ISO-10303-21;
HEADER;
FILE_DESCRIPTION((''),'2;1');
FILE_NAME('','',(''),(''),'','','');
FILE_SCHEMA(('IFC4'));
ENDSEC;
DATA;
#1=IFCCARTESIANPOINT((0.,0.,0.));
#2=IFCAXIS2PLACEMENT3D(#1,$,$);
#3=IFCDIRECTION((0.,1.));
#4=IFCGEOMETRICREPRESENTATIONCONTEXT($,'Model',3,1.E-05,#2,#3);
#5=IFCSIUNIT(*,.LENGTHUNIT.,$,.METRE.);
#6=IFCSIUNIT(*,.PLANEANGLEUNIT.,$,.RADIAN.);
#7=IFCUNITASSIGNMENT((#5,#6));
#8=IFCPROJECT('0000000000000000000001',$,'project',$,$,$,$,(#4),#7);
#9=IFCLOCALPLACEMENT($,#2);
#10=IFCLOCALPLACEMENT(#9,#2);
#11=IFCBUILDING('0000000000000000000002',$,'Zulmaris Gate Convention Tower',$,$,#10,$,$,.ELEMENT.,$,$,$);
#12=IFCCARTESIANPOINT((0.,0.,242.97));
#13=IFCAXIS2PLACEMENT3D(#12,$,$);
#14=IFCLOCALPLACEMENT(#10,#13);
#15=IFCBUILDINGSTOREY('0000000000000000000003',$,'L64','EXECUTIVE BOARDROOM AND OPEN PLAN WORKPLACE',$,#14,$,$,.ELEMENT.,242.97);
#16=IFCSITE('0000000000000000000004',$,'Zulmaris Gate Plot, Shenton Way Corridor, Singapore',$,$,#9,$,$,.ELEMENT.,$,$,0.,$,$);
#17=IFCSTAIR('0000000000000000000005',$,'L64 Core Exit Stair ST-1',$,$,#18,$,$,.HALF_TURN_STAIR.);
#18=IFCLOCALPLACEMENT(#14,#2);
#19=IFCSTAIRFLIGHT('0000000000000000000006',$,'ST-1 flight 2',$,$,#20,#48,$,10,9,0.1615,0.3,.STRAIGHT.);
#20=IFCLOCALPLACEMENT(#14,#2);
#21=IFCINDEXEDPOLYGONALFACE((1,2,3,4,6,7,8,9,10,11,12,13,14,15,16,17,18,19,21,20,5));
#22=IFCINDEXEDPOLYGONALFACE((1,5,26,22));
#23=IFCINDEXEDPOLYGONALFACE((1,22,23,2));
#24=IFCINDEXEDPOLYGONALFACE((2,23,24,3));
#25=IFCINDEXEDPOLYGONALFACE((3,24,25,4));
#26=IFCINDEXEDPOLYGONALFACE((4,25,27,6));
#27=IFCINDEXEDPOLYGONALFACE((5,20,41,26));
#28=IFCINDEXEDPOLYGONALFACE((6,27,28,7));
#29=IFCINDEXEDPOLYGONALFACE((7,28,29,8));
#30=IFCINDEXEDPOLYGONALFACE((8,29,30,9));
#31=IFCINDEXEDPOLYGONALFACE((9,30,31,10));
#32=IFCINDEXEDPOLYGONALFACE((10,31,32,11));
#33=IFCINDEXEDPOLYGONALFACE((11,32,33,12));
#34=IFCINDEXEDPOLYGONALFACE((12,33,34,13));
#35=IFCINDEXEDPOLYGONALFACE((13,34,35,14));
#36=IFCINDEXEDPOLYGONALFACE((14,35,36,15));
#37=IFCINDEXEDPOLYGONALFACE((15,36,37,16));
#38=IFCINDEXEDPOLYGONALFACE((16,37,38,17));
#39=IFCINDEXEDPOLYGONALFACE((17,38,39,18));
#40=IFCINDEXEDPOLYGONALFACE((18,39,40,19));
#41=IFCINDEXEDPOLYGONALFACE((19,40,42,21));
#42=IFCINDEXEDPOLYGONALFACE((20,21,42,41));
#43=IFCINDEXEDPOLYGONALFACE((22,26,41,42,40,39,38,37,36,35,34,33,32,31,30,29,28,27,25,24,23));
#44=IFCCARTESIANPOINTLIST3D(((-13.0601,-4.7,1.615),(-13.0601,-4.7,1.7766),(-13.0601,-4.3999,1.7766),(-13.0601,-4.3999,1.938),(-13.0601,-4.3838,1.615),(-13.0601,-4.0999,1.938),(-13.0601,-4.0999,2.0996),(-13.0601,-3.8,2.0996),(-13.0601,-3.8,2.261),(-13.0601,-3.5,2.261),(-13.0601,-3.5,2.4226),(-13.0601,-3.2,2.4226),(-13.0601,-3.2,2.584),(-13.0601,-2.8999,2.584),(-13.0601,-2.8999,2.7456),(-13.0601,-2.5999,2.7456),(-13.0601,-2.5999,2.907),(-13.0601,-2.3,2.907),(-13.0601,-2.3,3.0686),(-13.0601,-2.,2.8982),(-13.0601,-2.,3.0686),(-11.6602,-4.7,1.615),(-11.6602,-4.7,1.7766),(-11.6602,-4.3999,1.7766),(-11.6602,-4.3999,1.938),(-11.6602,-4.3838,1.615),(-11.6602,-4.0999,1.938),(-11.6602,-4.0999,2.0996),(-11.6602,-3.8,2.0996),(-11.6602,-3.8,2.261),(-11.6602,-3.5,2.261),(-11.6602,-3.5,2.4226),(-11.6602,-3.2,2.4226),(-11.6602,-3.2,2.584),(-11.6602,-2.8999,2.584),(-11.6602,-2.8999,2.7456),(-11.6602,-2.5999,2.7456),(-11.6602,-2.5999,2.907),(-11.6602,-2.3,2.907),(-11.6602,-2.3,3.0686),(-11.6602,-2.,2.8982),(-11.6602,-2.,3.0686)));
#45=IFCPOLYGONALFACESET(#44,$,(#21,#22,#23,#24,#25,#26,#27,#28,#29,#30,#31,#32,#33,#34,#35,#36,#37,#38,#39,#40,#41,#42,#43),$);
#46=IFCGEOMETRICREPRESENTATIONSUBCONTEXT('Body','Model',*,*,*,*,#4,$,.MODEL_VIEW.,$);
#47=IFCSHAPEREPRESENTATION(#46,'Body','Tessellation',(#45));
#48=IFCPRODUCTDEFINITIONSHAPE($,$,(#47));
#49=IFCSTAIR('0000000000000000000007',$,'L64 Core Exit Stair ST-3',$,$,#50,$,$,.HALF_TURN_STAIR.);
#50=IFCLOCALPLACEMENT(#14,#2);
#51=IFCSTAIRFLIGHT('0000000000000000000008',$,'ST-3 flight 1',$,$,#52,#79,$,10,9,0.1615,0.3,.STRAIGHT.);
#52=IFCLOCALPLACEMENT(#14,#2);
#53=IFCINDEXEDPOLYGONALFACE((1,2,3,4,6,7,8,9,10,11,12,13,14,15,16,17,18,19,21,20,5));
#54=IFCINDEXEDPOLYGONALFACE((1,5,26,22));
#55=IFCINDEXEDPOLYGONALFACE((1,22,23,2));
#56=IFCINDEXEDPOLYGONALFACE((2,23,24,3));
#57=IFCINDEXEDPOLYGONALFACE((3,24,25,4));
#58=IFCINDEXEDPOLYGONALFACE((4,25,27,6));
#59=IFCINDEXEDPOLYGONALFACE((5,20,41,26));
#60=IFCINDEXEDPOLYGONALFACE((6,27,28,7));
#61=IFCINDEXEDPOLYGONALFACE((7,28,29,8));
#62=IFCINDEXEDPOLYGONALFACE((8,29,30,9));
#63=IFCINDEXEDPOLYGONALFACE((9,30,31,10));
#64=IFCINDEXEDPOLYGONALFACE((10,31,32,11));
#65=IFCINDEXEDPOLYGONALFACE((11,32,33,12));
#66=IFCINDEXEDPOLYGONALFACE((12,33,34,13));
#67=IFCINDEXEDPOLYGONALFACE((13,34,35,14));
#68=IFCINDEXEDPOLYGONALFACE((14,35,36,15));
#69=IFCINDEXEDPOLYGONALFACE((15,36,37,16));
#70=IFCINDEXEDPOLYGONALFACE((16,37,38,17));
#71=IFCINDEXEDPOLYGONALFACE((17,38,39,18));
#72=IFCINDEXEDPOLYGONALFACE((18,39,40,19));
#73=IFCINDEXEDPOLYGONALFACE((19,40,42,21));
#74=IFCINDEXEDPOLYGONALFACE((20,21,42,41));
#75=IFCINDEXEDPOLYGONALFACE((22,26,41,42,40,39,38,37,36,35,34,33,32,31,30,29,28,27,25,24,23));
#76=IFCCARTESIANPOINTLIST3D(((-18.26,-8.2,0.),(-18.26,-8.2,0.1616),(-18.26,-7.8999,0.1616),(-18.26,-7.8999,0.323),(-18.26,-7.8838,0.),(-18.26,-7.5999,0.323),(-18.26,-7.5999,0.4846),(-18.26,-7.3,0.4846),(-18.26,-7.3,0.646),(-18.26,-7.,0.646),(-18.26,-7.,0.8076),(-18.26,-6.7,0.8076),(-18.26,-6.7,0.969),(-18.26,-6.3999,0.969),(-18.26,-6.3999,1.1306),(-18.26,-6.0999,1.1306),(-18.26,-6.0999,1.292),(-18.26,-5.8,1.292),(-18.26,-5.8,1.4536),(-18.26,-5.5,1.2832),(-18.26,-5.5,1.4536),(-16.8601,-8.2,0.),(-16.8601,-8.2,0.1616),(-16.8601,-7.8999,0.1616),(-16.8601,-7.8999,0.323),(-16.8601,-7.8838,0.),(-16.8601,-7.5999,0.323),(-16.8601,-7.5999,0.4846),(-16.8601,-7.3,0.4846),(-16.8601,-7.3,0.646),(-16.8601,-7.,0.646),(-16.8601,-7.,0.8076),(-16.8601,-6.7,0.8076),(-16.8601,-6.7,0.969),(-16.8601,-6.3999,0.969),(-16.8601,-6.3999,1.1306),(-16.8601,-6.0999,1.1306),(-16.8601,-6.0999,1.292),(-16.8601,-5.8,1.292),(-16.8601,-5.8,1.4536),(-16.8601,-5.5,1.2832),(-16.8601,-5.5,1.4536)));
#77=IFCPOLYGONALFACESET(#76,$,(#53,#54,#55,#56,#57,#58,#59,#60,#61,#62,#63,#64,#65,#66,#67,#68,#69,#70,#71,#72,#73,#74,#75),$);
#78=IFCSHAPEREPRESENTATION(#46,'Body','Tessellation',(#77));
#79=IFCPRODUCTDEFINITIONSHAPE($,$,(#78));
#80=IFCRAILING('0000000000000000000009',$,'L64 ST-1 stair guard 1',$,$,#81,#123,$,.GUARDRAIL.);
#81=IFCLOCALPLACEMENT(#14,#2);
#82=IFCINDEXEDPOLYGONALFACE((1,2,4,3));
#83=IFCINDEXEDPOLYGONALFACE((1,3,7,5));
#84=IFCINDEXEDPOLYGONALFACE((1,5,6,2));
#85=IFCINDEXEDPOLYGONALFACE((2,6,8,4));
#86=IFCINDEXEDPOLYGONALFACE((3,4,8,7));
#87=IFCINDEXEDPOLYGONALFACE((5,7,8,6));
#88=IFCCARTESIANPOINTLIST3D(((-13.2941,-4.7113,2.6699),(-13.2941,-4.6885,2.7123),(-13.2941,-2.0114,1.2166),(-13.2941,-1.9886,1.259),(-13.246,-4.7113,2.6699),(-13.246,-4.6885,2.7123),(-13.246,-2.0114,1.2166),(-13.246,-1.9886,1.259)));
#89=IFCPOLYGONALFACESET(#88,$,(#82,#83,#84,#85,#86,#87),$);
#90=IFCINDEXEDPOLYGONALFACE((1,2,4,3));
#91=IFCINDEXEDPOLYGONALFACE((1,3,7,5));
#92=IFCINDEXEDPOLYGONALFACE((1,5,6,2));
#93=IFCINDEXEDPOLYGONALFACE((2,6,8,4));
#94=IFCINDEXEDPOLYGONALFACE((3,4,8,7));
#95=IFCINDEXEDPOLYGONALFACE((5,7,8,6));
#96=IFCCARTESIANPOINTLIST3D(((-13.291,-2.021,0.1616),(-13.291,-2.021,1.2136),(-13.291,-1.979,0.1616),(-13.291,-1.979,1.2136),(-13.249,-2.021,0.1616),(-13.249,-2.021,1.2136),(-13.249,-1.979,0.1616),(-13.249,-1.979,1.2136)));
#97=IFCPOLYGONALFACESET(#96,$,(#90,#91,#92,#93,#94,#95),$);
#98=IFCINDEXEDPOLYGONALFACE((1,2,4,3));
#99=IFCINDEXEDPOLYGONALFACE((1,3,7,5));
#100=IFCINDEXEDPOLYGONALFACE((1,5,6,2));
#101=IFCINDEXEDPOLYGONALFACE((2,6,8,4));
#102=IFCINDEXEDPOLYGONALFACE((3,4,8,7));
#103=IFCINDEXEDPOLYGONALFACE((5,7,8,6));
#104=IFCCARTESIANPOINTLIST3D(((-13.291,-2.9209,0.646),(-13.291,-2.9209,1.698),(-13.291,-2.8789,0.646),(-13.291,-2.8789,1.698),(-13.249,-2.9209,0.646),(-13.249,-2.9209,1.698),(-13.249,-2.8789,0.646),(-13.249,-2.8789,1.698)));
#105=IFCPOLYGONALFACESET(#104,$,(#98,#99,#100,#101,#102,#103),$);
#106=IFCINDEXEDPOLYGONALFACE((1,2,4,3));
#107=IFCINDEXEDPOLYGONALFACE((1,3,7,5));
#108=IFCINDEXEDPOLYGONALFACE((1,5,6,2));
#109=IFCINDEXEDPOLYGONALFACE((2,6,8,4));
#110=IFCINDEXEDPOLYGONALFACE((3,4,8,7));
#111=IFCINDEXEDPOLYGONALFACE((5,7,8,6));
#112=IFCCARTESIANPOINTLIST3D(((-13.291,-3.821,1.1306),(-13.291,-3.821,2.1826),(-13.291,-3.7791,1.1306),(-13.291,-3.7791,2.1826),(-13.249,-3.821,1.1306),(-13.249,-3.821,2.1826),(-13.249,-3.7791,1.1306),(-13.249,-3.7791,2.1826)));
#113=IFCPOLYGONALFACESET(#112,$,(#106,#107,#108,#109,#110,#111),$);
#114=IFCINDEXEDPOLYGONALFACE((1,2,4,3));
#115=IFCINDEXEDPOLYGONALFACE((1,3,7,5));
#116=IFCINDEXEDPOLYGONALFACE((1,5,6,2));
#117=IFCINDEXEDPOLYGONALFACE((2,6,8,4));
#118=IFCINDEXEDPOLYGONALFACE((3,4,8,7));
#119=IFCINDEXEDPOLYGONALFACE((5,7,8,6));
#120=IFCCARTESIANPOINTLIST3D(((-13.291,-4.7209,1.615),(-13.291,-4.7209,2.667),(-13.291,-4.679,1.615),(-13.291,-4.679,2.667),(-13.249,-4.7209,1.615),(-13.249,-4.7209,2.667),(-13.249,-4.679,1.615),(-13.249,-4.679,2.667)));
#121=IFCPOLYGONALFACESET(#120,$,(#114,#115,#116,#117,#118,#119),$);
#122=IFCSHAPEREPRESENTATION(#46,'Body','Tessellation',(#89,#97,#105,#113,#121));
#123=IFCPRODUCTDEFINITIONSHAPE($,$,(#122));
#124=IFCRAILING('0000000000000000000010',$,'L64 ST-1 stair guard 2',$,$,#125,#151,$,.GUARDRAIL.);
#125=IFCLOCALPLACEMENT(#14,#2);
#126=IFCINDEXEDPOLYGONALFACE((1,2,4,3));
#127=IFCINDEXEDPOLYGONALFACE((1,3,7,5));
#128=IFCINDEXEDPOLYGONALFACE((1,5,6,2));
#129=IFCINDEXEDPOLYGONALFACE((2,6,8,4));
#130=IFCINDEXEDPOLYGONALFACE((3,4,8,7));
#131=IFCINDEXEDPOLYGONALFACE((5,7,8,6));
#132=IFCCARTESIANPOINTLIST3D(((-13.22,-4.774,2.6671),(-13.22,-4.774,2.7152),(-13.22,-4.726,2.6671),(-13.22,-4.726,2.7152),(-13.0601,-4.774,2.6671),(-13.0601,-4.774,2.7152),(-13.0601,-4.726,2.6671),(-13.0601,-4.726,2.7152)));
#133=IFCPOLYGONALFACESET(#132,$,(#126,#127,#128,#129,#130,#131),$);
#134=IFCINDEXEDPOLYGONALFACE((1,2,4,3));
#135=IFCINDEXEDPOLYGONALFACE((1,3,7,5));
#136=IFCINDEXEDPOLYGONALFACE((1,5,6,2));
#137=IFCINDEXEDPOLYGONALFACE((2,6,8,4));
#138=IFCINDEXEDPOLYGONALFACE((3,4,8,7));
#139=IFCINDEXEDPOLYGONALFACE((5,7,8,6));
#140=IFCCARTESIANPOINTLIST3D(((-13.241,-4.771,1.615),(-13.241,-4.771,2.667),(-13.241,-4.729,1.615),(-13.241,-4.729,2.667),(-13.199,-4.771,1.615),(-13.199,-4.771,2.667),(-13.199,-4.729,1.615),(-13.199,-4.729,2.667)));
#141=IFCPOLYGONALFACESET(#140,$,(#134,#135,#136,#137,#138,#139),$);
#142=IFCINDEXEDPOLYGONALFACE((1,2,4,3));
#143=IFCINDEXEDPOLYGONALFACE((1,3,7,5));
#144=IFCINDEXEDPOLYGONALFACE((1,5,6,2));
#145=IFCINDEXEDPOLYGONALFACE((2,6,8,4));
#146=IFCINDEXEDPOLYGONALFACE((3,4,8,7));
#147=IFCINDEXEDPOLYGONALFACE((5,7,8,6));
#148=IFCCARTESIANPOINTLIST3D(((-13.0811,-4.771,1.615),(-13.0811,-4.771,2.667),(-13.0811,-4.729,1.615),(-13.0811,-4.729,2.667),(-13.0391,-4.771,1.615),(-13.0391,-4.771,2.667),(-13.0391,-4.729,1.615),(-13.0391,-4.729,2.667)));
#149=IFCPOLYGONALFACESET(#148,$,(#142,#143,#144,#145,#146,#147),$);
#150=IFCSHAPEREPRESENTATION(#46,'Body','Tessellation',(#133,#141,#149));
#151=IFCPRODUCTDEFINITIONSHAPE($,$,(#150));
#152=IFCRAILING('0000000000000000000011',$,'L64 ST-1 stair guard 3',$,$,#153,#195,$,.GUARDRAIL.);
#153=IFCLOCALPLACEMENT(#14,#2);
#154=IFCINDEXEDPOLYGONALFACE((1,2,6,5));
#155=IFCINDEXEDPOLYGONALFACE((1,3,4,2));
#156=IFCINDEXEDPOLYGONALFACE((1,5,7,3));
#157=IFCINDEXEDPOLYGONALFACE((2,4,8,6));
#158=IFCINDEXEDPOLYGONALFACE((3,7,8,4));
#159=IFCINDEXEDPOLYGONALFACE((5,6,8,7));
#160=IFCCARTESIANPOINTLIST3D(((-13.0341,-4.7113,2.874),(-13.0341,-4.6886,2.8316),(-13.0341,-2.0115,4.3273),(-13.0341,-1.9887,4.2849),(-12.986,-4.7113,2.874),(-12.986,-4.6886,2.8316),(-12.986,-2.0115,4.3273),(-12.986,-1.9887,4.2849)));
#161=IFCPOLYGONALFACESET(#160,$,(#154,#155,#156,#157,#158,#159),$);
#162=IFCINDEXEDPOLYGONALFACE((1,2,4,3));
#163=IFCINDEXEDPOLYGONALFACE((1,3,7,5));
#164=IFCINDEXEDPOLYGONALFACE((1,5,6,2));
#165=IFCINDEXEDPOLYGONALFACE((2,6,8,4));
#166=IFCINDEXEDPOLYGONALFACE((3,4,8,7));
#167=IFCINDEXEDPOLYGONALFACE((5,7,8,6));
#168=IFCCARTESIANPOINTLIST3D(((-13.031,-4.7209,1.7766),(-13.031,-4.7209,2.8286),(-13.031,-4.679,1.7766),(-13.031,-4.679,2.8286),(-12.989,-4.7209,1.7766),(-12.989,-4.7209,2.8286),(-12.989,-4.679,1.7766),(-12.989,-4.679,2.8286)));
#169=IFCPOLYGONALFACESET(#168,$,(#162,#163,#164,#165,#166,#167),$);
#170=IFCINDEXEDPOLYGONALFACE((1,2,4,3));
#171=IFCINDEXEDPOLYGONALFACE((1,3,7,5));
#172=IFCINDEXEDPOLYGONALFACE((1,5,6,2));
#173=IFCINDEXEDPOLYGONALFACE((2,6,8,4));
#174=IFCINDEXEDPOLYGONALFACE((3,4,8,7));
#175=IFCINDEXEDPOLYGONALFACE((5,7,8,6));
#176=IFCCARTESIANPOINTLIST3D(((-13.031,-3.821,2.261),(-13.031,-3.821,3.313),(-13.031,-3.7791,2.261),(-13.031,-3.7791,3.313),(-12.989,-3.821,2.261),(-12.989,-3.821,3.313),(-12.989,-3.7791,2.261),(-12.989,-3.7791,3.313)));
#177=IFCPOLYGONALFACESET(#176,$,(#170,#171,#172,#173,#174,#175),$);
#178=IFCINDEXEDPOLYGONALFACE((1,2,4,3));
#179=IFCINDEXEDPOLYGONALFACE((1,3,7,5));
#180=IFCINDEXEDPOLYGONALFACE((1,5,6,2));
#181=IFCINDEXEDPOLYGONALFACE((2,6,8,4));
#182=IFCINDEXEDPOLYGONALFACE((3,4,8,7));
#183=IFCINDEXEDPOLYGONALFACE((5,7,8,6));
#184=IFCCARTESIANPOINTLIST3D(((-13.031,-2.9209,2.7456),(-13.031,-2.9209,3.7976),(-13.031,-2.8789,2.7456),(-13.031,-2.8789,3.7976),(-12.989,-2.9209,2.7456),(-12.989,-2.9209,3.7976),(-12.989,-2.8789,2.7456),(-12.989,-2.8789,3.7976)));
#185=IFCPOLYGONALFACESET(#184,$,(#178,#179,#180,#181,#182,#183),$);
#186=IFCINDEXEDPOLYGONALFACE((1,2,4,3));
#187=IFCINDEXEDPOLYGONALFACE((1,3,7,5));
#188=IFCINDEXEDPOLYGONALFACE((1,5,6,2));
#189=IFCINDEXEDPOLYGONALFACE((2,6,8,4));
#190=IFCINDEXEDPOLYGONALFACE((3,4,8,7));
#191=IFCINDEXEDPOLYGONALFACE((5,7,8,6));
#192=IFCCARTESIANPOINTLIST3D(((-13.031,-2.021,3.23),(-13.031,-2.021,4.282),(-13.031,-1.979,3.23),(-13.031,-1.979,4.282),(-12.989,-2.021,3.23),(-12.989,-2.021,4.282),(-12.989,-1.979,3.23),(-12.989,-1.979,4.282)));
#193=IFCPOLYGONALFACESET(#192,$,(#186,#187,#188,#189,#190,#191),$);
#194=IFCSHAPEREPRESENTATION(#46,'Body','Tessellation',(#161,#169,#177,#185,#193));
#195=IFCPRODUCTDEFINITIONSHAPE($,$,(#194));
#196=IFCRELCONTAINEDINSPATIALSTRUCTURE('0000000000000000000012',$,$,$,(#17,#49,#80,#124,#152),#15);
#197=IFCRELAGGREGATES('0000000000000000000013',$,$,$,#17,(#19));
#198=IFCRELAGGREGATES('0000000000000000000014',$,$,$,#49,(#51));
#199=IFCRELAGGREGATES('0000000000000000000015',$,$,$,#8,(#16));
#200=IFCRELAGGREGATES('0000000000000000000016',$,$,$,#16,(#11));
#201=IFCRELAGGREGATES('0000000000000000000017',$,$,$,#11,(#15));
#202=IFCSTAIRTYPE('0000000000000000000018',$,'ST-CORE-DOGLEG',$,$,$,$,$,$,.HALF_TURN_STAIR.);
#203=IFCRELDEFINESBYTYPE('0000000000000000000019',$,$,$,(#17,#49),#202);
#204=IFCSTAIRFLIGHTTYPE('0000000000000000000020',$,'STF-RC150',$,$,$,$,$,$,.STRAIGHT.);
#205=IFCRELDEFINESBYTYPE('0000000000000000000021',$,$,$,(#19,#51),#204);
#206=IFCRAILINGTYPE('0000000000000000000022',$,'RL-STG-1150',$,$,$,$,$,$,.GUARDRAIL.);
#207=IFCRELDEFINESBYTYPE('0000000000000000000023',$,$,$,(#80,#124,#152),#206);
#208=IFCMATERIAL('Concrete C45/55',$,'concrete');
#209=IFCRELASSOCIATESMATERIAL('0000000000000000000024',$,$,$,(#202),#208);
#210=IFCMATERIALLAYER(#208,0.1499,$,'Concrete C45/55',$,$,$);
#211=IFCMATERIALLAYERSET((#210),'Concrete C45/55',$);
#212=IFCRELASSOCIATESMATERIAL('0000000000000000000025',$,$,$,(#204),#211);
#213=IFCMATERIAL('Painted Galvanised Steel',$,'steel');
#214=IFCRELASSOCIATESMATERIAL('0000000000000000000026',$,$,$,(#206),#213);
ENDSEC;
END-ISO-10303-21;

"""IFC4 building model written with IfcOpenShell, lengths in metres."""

from ifc_helpers import new_model, si_unit, direction, frame, origin, origin_2d, place, context, subcontext, project, spatial, polyline, rectangle, outline, extrude, material, layer, layer_set, type_object, element, aggregate, save


model = new_model("IFC4")

# Units and contexts
model_context = context("Model", 3, precision=1e-05, world=origin(), true_north=direction((0.0, 1.0)))
body_context = subcontext(model_context, "Body", "Model", "MODEL_VIEW")
ifc_project = project(units=[si_unit("LENGTHUNIT", "METRE"), si_unit("PLANEANGLEUNIT", "RADIAN")], contexts=[model_context])

# Site, building, storey
site_placement = place(None, origin())
site = spatial("IfcSite", under=ifc_project, at=site_placement, Name="Zulmaris Gate Plot, Shenton Way Corridor, Singapore", CompositionType="ELEMENT", RefElevation=0.0)
building_placement = place(site_placement, origin())
building = spatial("IfcBuilding", under=site, at=building_placement, Name="Zulmaris Gate Convention Tower", CompositionType="ELEMENT")
storey_placement = place(building_placement, frame((0.0, 0.0, 242.97)))
storey = spatial("IfcBuildingStorey", under=building, at=storey_placement, Name="L64", Description="EXECUTIVE BOARDROOM AND OPEN PLAN WORKPLACE", CompositionType="ELEMENT", Elevation=242.97)

# Stair, stair flight
ifc_material_1 = material(Name="Concrete C45/55", Category="concrete")
stair_type = type_object("IfcStairType", Name="ST-CORE-DOGLEG", PredefinedType="HALF_TURN_STAIR", material=ifc_material_1)
stair_1_placement = place(storey_placement, origin())
stair_1 = element("IfcStair", 1, at=stair_1_placement, inside=storey, type_object=stair_type, Name="L64 Core Exit Stair ST-1", PredefinedType="HALF_TURN_STAIR")
ifc_layer_1 = layer(ifc_material_1, 0.1499, Name="Concrete C45/55")
ifc_layer_set_1 = layer_set([ifc_layer_1], Name="Concrete C45/55")
stair_flight_type = type_object("IfcStairFlightType", Name="STF-RC150", PredefinedType="STRAIGHT", material=ifc_layer_set_1)
stair_flight_1_placement = place(storey_placement, frame((-12.3601, -4.7, 1.615), z_axis=(0.0, 0.0, 1.0), x_axis=(0.0, 1.0, 0.0)))
stair_flight_1 = element("IfcStairFlight", 2, at=stair_flight_1_placement, type_object=stair_flight_type, Name="ST-1 flight 2", NumberOfRisers=10, NumberOfTreads=9, PredefinedType="STRAIGHT", RiserHeight=0.1615, TreadLength=0.3, context=body_context, shape_type="SweptSolid", body=[
    extrude(outline(polyline([(0.0, 0.0), (0.0, 0.1616), (0.3, 0.1616), (0.3, 0.323), (0.6001, 0.323), (0.6001, 0.4846), (0.8999, 0.4846), (0.8999, 0.646), (1.2, 0.646), (1.2, 0.8076), (1.5, 0.8076), (1.5, 0.969), (1.8, 0.969), (1.8, 1.1306), (2.1001, 1.1306), (2.1001, 1.292), (2.3999, 1.292), (2.3999, 1.4536), (2.7, 1.4536), (2.7, 1.615), (2.7, 1.2832), (0.3162, 0.0), (0.0, 0.0)])), frame((0.0, 0.7, 0.0), z_axis=(0.0, -1.0, 0.0), x_axis=(1.0, 0.0, 0.0)), (0.0, 0.0, 1.0), 1.3999),
])
aggregate(stair_1, [stair_flight_1])

# Stair, stair flight
stair_2_placement = place(storey_placement, origin())
stair_2 = element("IfcStair", 3, at=stair_2_placement, inside=storey, type_object=stair_type, Name="L64 Core Exit Stair ST-3", PredefinedType="HALF_TURN_STAIR")
stair_flight_2_placement = place(storey_placement, frame((-17.5601, -8.2, 0.0), z_axis=(0.0, 0.0, 1.0), x_axis=(0.0, 1.0, 0.0)))
stair_flight_2 = element("IfcStairFlight", 4, at=stair_flight_2_placement, type_object=stair_flight_type, Name="ST-3 flight 1", NumberOfRisers=10, NumberOfTreads=9, PredefinedType="STRAIGHT", RiserHeight=0.1615, TreadLength=0.3, context=body_context, shape_type="SweptSolid", body=[
    extrude(outline(polyline([(0.0, 0.0), (0.0, 0.1616), (0.3, 0.1616), (0.3, 0.323), (0.6001, 0.323), (0.6001, 0.4846), (0.8999, 0.4846), (0.8999, 0.646), (1.2, 0.646), (1.2, 0.8076), (1.5, 0.8076), (1.5, 0.969), (1.8, 0.969), (1.8, 1.1306), (2.1001, 1.1306), (2.1001, 1.292), (2.3999, 1.292), (2.3999, 1.4536), (2.7, 1.4536), (2.7, 1.615), (2.7, 1.2832), (0.3162, 0.0), (0.0, 0.0)])), frame((0.0, 0.7, 0.0), z_axis=(0.0, -1.0, 0.0), x_axis=(1.0, 0.0, 0.0)), (0.0, 0.0, 1.0), 1.3999),
])
aggregate(stair_2, [stair_flight_2])

# Railings
ifc_material_2 = material(Name="Painted Galvanised Steel", Category="steel")
railing_type_1 = type_object("IfcRailingType", Name="RL-STG-1150", PredefinedType="GUARDRAIL", material=ifc_material_2)
railing_1_placement = place(storey_placement, frame((-13.27, -2.0, 0.1616)))
element("IfcRailing", 5, at=railing_1_placement, inside=storey, type_object=railing_type_1, Name="L64 ST-1 stair guard 1", PredefinedType="GUARDRAIL", context=body_context, shape_type="SweptSolid", body=[
    extrude(rectangle(XDim=0.0481, YDim=0.0481, at=origin_2d()), frame((0.0, 0.0, 1.0762), z_axis=(0.0, -0.880532, 0.473986), x_axis=(1.0, 0.0, 0.0)), (0.0, 0.0, 1.0), 3.0662),
    extrude(rectangle(XDim=0.042, YDim=0.042, at=origin_2d()), origin(), (0.0, 0.0, 1.0), 1.052),
    extrude(rectangle(XDim=0.042, YDim=0.042, at=origin_2d()), frame((0.0, -0.8999, 0.4844)), (0.0, 0.0, 1.0), 1.052),
    extrude(rectangle(XDim=0.042, YDim=0.042, at=origin_2d()), frame((0.0, -1.8, 0.969)), (0.0, 0.0, 1.0), 1.052),
    extrude(rectangle(XDim=0.042, YDim=0.042, at=origin_2d()), frame((0.0, -2.7, 1.4534)), (0.0, 0.0, 1.0), 1.052),
])
railing_2_placement = place(storey_placement, frame((-13.22, -4.75, 1.615)))
element("IfcRailing", 6, at=railing_2_placement, inside=storey, type_object=railing_type_1, Name="L64 ST-1 stair guard 2", PredefinedType="GUARDRAIL", context=body_context, shape_type="SweptSolid", body=[
    extrude(rectangle(XDim=0.0481, YDim=0.0481, at=origin_2d()), frame((0.0, 0.0, 1.0762), z_axis=(1.0, 0.0, 0.0), x_axis=(0.0, 1.0, 0.0)), (0.0, 0.0, 1.0), 0.1599),
    extrude(rectangle(XDim=0.042, YDim=0.042, at=origin_2d()), origin(), (0.0, 0.0, 1.0), 1.052),
    extrude(rectangle(XDim=0.042, YDim=0.042, at=origin_2d()), frame((0.1599, 0.0, 0.0)), (0.0, 0.0, 1.0), 1.052),
])
railing_3_placement = place(storey_placement, frame((-13.01, -4.7, 1.7766)))
element("IfcRailing", 7, at=railing_3_placement, inside=storey, type_object=railing_type_1, Name="L64 ST-1 stair guard 3", PredefinedType="GUARDRAIL", context=body_context, shape_type="SweptSolid", body=[
    extrude(rectangle(XDim=0.0481, YDim=0.0481, at=origin_2d()), frame((0.0, 0.0, 1.0762), z_axis=(0.0, 0.880532, 0.473986), x_axis=(-1.0, 0.0, 0.0)), (0.0, 0.0, 1.0), 3.0662),
    extrude(rectangle(XDim=0.042, YDim=0.042, at=origin_2d()), origin(), (0.0, 0.0, 1.0), 1.052),
    extrude(rectangle(XDim=0.042, YDim=0.042, at=origin_2d()), frame((0.0, 0.8999, 0.4844)), (0.0, 0.0, 1.0), 1.052),
    extrude(rectangle(XDim=0.042, YDim=0.042, at=origin_2d()), frame((0.0, 1.8, 0.969)), (0.0, 0.0, 1.0), 1.052),
    extrude(rectangle(XDim=0.042, YDim=0.042, at=origin_2d()), frame((0.0, 2.7, 1.4534)), (0.0, 0.0, 1.0), 1.052),
])

save(model, "model.ifc")
